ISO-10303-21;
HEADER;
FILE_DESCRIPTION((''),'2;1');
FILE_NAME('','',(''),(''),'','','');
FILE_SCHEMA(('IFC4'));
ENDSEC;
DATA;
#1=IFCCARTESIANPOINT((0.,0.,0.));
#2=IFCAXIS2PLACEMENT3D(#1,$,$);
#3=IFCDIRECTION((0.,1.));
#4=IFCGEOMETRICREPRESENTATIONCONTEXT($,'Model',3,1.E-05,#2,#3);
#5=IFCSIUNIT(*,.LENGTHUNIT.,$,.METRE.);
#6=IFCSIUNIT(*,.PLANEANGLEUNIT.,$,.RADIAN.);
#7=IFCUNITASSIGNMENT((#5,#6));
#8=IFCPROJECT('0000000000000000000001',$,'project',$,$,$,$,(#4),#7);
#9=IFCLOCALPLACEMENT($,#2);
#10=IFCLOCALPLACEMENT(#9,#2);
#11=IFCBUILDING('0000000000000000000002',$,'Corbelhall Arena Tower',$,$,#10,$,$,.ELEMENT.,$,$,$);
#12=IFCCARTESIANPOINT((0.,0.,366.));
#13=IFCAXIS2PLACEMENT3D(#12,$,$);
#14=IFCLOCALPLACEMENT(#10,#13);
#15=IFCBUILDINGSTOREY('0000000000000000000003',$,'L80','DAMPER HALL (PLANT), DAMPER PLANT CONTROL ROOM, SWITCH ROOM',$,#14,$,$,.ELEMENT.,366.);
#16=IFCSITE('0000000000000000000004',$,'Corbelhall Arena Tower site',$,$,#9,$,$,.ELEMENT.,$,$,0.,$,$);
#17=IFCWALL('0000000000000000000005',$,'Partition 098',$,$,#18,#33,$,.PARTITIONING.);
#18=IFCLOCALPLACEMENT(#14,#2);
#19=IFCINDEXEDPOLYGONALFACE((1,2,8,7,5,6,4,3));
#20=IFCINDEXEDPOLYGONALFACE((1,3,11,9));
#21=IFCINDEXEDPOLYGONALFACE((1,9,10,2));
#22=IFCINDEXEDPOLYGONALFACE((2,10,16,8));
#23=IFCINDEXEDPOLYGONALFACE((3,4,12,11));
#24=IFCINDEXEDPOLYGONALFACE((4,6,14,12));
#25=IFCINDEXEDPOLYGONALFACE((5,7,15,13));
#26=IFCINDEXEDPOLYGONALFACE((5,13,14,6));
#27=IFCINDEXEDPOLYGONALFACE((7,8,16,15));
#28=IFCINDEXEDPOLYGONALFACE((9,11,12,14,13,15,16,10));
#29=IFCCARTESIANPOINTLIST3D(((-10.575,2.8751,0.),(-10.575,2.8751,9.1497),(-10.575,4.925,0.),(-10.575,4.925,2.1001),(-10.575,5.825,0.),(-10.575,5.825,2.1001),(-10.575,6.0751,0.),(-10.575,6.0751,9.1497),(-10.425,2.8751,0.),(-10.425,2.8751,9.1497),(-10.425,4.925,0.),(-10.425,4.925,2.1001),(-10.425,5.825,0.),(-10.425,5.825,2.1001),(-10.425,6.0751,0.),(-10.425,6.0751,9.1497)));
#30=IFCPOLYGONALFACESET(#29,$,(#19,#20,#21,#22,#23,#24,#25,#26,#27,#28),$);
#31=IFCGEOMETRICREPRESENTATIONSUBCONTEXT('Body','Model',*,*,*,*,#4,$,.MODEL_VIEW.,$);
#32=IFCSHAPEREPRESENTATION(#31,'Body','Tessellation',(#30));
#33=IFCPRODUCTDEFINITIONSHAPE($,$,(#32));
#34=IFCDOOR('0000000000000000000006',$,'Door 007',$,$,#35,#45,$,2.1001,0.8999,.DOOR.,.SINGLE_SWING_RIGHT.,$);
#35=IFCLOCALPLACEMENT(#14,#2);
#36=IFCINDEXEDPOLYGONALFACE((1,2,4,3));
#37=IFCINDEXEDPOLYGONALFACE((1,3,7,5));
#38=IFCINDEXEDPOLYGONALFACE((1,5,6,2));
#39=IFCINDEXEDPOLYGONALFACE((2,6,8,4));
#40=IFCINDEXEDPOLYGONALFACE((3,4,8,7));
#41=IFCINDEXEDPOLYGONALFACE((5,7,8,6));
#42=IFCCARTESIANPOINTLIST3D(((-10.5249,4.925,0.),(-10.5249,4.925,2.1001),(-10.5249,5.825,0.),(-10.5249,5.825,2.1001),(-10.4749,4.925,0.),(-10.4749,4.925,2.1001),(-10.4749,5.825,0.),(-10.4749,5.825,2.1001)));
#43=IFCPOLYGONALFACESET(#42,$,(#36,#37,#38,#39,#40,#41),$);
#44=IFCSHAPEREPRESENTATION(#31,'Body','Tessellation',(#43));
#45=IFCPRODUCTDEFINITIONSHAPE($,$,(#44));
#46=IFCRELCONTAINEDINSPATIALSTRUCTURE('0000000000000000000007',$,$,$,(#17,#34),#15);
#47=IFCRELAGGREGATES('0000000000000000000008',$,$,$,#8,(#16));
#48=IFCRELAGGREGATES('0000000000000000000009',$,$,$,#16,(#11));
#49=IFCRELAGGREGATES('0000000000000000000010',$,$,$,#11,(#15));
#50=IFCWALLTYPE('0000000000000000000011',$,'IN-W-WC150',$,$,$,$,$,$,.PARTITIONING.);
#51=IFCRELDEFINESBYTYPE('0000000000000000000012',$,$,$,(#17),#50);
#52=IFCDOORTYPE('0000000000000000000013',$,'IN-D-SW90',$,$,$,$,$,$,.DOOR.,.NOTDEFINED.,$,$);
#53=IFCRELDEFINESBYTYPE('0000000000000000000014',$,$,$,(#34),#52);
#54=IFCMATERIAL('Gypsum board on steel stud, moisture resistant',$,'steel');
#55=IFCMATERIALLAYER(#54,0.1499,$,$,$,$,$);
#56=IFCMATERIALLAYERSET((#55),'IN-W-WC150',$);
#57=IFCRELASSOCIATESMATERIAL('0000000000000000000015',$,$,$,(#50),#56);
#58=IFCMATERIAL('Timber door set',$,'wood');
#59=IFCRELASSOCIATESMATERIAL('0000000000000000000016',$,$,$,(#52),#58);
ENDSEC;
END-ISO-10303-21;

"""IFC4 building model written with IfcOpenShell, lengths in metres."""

from ifc_helpers import new_model, si_unit, direction, frame, frame_2d, origin, place, context, subcontext, project, spatial, rectangle, extrude, material, layer, layer_set, type_object, element, fill, save


model = new_model("IFC4")

# Units and contexts
model_context = context("Model", 3, precision=1e-05, world=origin(), true_north=direction((0.0, 1.0)))
body_context = subcontext(model_context, "Body", "Model", "MODEL_VIEW")
ifc_project = project(units=[si_unit("LENGTHUNIT", "METRE"), si_unit("PLANEANGLEUNIT", "RADIAN")], contexts=[model_context])

# Site, building, storey
site_placement = place(None, origin())
site = spatial("IfcSite", under=ifc_project, at=site_placement, Name="Corbelhall Arena Tower site", CompositionType="ELEMENT", RefElevation=0.0)
building_placement = place(site_placement, origin())
building = spatial("IfcBuilding", under=site, at=building_placement, Name="Corbelhall Arena Tower", CompositionType="ELEMENT")
storey_placement = place(building_placement, frame((0.0, 0.0, 366.0)))
storey = spatial("IfcBuildingStorey", under=building, at=storey_placement, Name="L80", Description="DAMPER HALL (PLANT), DAMPER PLANT CONTROL ROOM, SWITCH ROOM", CompositionType="ELEMENT", Elevation=366.0)

# Wall, opening, door
ifc_material_1 = material(Name="Gypsum board on steel stud, moisture resistant", Category="steel")
ifc_layer_1 = layer(ifc_material_1, 0.1499)
ifc_layer_set_1 = layer_set([ifc_layer_1], Name="IN-W-WC150")
wall_type_1 = type_object("IfcWallType", Name="IN-W-WC150", PredefinedType="PARTITIONING", material=ifc_layer_set_1)
wall_1_placement = place(storey_placement, frame((-10.5, 2.875, 0.0), z_axis=(0.0, 0.0, 1.0), x_axis=(0.0, 1.0, 0.0)))
wall_1 = element("IfcWall", 1, at=wall_1_placement, inside=storey, type_object=wall_type_1, Name="Partition 098", PredefinedType="PARTITIONING", context=body_context, shape_type="SweptSolid", body=[
    extrude(rectangle(XDim=3.2, YDim=0.1499, at=frame_2d((1.6001, 0.0))), origin(), (0.0, 0.0, 1.0), 9.1497),
])
opening_1_placement = place(wall_1_placement, frame((2.05, 0.0, 0.0)))
opening_1 = element("IfcOpeningElement", 2, at=opening_1_placement, cuts=wall_1, PredefinedType="OPENING", context=body_context, shape_type="SweptSolid", body=[
    extrude(rectangle(XDim=0.8999, YDim=2.1001, at=frame_2d((0.45, 1.05))), frame((0.0, 0.075, 0.0), z_axis=(0.0, -1.0, 0.0), x_axis=(1.0, 0.0, 0.0)), (0.0, 0.0, 1.0), 0.1499),
])
ifc_material_2 = material(Name="Timber door set", Category="wood")
door_type_1 = type_object("IfcDoorType", Name="IN-D-SW90", OperationType="NOTDEFINED", PredefinedType="DOOR", material=ifc_material_2)
door_1_placement = place(opening_1_placement, origin())
door_1 = element("IfcDoor", 3, at=door_1_placement, inside=storey, type_object=door_type_1, Name="Door 007", OperationType="SINGLE_SWING_RIGHT", OverallHeight=2.1001, OverallWidth=0.8999, PredefinedType="DOOR", context=body_context, shape_type="SweptSolid", body=[
    extrude(rectangle(XDim=0.8999, YDim=2.1001, at=frame_2d((0.45, 1.05))), frame((0.0, 0.0249, 0.0), z_axis=(0.0, -1.0, 0.0), x_axis=(1.0, 0.0, 0.0)), (0.0, 0.0, 1.0), 0.05),
])
fill(opening_1, door_1)

save(model, "model.ifc")
